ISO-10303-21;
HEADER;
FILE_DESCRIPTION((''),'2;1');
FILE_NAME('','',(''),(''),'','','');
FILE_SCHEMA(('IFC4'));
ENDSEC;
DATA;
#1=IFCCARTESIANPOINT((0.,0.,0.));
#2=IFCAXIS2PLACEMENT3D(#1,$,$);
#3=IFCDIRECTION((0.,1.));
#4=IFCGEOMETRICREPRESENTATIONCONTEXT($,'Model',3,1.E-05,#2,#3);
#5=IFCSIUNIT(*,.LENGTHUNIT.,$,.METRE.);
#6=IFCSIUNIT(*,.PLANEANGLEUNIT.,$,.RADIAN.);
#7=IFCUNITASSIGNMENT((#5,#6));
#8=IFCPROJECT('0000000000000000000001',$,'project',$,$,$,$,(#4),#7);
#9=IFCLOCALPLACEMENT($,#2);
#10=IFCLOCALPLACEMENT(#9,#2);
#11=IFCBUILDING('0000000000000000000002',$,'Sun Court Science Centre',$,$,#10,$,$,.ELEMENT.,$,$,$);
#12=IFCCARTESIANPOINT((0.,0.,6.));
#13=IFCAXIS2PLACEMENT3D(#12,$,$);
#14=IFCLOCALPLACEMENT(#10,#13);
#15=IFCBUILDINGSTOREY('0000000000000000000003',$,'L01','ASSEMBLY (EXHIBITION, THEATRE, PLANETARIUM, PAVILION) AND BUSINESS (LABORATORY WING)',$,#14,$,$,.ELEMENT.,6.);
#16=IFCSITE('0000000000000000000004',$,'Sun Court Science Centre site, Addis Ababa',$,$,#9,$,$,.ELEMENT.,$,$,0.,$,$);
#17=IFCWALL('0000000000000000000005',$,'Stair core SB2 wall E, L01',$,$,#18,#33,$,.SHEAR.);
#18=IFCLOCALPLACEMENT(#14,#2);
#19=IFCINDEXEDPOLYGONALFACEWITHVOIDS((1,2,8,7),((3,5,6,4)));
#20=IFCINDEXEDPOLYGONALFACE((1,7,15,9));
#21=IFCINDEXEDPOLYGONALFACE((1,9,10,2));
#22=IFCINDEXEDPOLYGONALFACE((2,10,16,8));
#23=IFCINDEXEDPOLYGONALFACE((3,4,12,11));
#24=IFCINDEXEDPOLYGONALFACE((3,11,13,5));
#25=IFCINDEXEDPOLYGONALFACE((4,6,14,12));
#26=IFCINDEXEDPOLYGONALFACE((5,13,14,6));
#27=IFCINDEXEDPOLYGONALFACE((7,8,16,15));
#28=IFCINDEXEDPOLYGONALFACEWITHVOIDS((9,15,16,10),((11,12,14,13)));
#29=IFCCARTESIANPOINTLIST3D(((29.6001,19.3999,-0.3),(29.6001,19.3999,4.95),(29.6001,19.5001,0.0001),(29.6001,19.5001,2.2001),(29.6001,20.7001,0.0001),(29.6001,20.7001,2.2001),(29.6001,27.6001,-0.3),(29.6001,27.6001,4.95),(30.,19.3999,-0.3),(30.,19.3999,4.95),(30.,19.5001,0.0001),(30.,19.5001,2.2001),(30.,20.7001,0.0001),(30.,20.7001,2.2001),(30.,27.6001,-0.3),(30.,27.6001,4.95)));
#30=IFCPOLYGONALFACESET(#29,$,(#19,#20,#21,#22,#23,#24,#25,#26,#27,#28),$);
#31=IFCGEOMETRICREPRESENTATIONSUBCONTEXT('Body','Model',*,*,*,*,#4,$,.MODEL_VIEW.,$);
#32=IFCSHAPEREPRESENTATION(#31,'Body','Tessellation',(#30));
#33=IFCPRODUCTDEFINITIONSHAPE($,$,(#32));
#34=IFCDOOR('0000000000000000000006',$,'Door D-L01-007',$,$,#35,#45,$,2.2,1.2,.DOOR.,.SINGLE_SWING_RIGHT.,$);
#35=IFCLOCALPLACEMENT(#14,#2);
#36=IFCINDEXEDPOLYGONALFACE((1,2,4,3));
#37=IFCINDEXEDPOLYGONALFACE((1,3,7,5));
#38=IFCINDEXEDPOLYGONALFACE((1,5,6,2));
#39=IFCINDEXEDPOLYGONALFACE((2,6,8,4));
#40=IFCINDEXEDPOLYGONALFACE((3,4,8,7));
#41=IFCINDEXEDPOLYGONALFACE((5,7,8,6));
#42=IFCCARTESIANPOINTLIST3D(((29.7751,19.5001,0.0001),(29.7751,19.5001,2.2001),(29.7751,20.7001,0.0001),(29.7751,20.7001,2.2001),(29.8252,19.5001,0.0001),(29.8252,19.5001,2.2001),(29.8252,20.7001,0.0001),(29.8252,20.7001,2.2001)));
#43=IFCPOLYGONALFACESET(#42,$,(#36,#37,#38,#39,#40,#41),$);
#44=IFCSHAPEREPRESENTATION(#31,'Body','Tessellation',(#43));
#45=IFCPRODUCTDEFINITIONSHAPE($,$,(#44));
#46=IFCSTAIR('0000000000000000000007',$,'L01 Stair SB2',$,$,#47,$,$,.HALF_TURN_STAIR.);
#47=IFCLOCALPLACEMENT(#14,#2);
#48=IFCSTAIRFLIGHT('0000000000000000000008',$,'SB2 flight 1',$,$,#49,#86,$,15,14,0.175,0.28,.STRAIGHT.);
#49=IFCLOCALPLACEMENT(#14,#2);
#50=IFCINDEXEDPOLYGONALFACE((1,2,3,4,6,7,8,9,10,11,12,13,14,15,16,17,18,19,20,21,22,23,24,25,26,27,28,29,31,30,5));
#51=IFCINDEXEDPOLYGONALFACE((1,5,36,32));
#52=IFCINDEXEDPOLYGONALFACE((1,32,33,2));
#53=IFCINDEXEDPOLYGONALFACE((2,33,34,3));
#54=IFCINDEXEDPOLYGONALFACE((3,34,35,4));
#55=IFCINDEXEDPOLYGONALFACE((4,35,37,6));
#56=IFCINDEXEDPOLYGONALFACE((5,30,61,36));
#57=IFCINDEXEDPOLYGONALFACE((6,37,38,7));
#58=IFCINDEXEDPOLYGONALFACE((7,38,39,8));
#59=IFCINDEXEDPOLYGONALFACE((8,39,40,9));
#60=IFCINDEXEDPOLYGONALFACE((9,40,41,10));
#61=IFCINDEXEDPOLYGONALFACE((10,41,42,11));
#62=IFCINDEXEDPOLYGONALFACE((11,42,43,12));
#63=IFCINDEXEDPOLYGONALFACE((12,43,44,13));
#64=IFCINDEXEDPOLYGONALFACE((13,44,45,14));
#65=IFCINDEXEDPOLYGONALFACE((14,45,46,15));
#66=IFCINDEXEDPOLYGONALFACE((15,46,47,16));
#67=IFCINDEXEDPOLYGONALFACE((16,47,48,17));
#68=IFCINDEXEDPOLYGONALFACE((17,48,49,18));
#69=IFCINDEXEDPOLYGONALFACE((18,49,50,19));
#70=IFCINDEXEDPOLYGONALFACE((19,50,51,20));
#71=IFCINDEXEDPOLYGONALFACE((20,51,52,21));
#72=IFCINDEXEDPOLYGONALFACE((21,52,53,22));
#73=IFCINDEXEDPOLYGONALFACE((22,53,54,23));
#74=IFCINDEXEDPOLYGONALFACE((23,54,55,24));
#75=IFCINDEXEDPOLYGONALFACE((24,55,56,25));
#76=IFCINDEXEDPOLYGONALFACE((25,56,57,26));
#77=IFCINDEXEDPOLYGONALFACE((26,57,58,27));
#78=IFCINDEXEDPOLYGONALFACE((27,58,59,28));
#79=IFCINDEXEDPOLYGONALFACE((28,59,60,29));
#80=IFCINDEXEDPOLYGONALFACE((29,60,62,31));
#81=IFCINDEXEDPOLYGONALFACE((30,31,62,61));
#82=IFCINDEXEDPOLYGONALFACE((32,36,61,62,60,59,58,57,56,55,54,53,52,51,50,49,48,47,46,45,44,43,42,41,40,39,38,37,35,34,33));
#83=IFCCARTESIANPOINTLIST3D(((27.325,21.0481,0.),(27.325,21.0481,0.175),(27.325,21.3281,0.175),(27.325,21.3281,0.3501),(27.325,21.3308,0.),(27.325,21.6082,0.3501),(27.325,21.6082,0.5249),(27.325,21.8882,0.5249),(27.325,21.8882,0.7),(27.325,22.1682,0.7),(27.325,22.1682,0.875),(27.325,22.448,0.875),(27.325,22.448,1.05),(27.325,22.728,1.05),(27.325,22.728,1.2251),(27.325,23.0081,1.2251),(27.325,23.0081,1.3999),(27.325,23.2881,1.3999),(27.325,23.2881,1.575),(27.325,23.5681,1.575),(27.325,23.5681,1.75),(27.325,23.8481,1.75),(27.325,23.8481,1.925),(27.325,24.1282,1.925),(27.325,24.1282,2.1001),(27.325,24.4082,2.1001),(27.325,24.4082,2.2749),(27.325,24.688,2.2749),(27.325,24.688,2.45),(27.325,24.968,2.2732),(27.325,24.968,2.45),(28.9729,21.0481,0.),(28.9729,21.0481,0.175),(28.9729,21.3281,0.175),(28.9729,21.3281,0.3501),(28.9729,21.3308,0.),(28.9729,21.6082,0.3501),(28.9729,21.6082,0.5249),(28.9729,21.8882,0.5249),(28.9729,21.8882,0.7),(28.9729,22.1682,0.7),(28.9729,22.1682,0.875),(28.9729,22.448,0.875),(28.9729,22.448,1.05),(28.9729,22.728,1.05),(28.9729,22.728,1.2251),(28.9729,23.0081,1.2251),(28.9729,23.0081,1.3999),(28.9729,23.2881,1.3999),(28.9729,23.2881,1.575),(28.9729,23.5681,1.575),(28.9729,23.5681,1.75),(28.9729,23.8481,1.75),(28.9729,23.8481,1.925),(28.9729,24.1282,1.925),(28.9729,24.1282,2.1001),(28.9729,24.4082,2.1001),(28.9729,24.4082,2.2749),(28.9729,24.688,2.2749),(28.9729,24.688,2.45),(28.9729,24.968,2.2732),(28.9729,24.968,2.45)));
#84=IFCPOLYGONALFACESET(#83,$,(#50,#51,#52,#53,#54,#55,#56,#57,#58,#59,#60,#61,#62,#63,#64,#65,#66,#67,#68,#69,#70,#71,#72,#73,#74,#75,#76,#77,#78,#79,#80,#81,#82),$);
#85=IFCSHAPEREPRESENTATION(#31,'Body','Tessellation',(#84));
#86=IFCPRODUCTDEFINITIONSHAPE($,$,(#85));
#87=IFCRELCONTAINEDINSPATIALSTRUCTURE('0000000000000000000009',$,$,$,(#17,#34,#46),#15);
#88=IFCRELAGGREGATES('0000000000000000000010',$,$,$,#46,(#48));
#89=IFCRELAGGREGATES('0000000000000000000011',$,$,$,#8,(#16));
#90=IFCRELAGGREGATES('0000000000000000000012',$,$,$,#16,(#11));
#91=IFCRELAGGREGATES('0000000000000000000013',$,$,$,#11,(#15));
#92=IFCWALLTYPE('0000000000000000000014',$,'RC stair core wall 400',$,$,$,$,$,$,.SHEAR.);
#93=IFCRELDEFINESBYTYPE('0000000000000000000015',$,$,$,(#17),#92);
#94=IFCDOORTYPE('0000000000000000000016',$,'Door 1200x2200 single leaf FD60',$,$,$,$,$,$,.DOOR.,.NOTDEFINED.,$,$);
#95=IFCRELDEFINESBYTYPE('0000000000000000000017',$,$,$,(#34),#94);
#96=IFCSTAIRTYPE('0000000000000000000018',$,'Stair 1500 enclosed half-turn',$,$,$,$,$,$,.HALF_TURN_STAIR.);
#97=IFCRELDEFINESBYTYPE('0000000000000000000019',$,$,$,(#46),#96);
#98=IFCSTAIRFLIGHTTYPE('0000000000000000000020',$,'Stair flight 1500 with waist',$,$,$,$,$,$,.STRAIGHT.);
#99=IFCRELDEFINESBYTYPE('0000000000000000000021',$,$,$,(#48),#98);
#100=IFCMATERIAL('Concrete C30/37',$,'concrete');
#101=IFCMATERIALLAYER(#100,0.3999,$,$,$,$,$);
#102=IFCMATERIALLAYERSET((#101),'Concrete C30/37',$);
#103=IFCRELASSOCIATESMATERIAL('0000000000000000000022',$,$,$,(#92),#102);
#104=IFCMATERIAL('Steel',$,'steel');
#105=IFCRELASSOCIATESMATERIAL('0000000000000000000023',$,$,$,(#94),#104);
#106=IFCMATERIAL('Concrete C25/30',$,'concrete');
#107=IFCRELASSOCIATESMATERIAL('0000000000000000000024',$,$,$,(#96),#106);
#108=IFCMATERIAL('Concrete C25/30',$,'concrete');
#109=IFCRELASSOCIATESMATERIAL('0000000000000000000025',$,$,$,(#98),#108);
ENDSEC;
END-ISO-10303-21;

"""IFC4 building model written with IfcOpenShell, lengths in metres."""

from ifc_helpers import new_model, si_unit, direction, frame, frame_2d, origin, place, context, subcontext, project, spatial, polyline, rectangle, outline, extrude, material, layer, layer_set, type_object, element, fill, aggregate, save


model = new_model("IFC4")

# Units and contexts
model_context = context("Model", 3, precision=1e-05, world=origin(), true_north=direction((0.0, 1.0)))
body_context = subcontext(model_context, "Body", "Model", "MODEL_VIEW")
ifc_project = project(units=[si_unit("LENGTHUNIT", "METRE"), si_unit("PLANEANGLEUNIT", "RADIAN")], contexts=[model_context])

# Site, building, storey
site_placement = place(None, origin())
site = spatial("IfcSite", under=ifc_project, at=site_placement, Name="Sun Court Science Centre site, Addis Ababa", CompositionType="ELEMENT", RefElevation=0.0)
building_placement = place(site_placement, origin())
building = spatial("IfcBuilding", under=site, at=building_placement, Name="Sun Court Science Centre", CompositionType="ELEMENT")
storey_placement = place(building_placement, frame((0.0, 0.0, 6.0)))
storey = spatial("IfcBuildingStorey", under=building, at=storey_placement, Name="L01", Description="ASSEMBLY (EXHIBITION, THEATRE, PLANETARIUM, PAVILION) AND BUSINESS (LABORATORY WING)", CompositionType="ELEMENT", Elevation=6.0)

# Wall, opening, door
ifc_material_1 = material(Name="Concrete C30/37", Category="concrete")
ifc_layer_1 = layer(ifc_material_1, 0.3999)
ifc_layer_set_1 = layer_set([ifc_layer_1], Name="Concrete C30/37")
wall_type_1 = type_object("IfcWallType", Name="RC stair core wall 400", PredefinedType="SHEAR", material=ifc_layer_set_1)
wall_1_placement = place(storey_placement, frame((29.8, 19.3999, -0.3), z_axis=(0.0, 0.0, 1.0), x_axis=(0.0, 1.0, 0.0)))
wall_1 = element("IfcWall", 1, at=wall_1_placement, inside=storey, type_object=wall_type_1, Name="Stair core SB2 wall E, L01", PredefinedType="SHEAR", context=body_context, shape_type="SweptSolid", body=[
    extrude(rectangle(XDim=8.2002, YDim=0.3999, at=frame_2d((4.1001, 0.0))), origin(), (0.0, 0.0, 1.0), 5.25),
])
opening_1_placement = place(wall_1_placement, frame((0.1001, 0.0, 0.3)))
opening_1 = element("IfcOpeningElement", 2, at=opening_1_placement, cuts=wall_1, PredefinedType="OPENING", context=body_context, shape_type="SweptSolid", body=[
    extrude(rectangle(XDim=1.2, YDim=2.2, at=frame_2d((0.6001, 1.1001))), frame((0.0, 0.21, 0.0), z_axis=(0.0, -1.0, 0.0), x_axis=(1.0, 0.0, 0.0)), (0.0, 0.0, 1.0), 0.4199),
])
ifc_material_2 = material(Name="Steel", Category="steel")
door_type_1 = type_object("IfcDoorType", Name="Door 1200x2200 single leaf FD60", OperationType="NOTDEFINED", PredefinedType="DOOR", material=ifc_material_2)
door_1_placement = place(opening_1_placement, origin())
door_1 = element("IfcDoor", 3, at=door_1_placement, inside=storey, type_object=door_type_1, Name="Door D-L01-007", OperationType="SINGLE_SWING_RIGHT", OverallHeight=2.2, OverallWidth=1.2, PredefinedType="DOOR", context=body_context, shape_type="SweptSolid", body=[
    extrude(rectangle(XDim=1.2, YDim=2.2, at=frame_2d((0.6001, 1.1001))), frame((0.0, 0.0249, 0.0), z_axis=(0.0, -1.0, 0.0), x_axis=(1.0, 0.0, 0.0)), (0.0, 0.0, 1.0), 0.05),
])
fill(opening_1, door_1)

# Stair, stair flight
ifc_material_3 = material(Name="Concrete C25/30", Category="concrete")
stair_type = type_object("IfcStairType", Name="Stair 1500 enclosed half-turn", PredefinedType="HALF_TURN_STAIR", material=ifc_material_3)
stair_placement = place(storey_placement, origin())
stair = element("IfcStair", 4, at=stair_placement, inside=storey, type_object=stair_type, Name="L01 Stair SB2", PredefinedType="HALF_TURN_STAIR")
ifc_material_4 = material(Name="Concrete C25/30", Category="concrete")
stair_flight_type = type_object("IfcStairFlightType", Name="Stair flight 1500 with waist", PredefinedType="STRAIGHT", material=ifc_material_4)
stair_flight_placement = place(storey_placement, frame((28.1489, 21.0481, 0.0), z_axis=(0.0, 0.0, 1.0), x_axis=(0.0, 1.0, 0.0)))
stair_flight = element("IfcStairFlight", 5, at=stair_flight_placement, type_object=stair_flight_type, Name="SB2 flight 1", NumberOfRisers=15, NumberOfTreads=14, PredefinedType="STRAIGHT", RiserHeight=0.175, TreadLength=0.28, context=body_context, shape_type="SweptSolid", body=[
    extrude(outline(polyline([(0.0, 0.0), (0.0, 0.175), (0.28, 0.175), (0.28, 0.3501), (0.5601, 0.3501), (0.5601, 0.5249), (0.8401, 0.5249), (0.8401, 0.7), (1.1201, 0.7), (1.1201, 0.875), (1.3999, 0.875), (1.3999, 1.05), (1.6799, 1.05), (1.6799, 1.2251), (1.96, 1.2251), (1.96, 1.3999), (2.24, 1.3999), (2.24, 1.575), (2.52, 1.575), (2.52, 1.75), (2.8, 1.75), (2.8, 1.925), (3.0801, 1.925), (3.0801, 2.1001), (3.3601, 2.1001), (3.3601, 2.2749), (3.6399, 2.2749), (3.6399, 2.45), (3.9199, 2.45), (3.9199, 2.625), (3.9199, 2.2732), (0.2827, 0.0), (0.0, 0.0)])), frame((0.0, 0.824, 0.0), z_axis=(0.0, -1.0, 0.0), x_axis=(1.0, 0.0, 0.0)), (0.0, 0.0, 1.0), 1.6479),
])
aggregate(stair, [stair_flight])

save(model, "model.ifc")
